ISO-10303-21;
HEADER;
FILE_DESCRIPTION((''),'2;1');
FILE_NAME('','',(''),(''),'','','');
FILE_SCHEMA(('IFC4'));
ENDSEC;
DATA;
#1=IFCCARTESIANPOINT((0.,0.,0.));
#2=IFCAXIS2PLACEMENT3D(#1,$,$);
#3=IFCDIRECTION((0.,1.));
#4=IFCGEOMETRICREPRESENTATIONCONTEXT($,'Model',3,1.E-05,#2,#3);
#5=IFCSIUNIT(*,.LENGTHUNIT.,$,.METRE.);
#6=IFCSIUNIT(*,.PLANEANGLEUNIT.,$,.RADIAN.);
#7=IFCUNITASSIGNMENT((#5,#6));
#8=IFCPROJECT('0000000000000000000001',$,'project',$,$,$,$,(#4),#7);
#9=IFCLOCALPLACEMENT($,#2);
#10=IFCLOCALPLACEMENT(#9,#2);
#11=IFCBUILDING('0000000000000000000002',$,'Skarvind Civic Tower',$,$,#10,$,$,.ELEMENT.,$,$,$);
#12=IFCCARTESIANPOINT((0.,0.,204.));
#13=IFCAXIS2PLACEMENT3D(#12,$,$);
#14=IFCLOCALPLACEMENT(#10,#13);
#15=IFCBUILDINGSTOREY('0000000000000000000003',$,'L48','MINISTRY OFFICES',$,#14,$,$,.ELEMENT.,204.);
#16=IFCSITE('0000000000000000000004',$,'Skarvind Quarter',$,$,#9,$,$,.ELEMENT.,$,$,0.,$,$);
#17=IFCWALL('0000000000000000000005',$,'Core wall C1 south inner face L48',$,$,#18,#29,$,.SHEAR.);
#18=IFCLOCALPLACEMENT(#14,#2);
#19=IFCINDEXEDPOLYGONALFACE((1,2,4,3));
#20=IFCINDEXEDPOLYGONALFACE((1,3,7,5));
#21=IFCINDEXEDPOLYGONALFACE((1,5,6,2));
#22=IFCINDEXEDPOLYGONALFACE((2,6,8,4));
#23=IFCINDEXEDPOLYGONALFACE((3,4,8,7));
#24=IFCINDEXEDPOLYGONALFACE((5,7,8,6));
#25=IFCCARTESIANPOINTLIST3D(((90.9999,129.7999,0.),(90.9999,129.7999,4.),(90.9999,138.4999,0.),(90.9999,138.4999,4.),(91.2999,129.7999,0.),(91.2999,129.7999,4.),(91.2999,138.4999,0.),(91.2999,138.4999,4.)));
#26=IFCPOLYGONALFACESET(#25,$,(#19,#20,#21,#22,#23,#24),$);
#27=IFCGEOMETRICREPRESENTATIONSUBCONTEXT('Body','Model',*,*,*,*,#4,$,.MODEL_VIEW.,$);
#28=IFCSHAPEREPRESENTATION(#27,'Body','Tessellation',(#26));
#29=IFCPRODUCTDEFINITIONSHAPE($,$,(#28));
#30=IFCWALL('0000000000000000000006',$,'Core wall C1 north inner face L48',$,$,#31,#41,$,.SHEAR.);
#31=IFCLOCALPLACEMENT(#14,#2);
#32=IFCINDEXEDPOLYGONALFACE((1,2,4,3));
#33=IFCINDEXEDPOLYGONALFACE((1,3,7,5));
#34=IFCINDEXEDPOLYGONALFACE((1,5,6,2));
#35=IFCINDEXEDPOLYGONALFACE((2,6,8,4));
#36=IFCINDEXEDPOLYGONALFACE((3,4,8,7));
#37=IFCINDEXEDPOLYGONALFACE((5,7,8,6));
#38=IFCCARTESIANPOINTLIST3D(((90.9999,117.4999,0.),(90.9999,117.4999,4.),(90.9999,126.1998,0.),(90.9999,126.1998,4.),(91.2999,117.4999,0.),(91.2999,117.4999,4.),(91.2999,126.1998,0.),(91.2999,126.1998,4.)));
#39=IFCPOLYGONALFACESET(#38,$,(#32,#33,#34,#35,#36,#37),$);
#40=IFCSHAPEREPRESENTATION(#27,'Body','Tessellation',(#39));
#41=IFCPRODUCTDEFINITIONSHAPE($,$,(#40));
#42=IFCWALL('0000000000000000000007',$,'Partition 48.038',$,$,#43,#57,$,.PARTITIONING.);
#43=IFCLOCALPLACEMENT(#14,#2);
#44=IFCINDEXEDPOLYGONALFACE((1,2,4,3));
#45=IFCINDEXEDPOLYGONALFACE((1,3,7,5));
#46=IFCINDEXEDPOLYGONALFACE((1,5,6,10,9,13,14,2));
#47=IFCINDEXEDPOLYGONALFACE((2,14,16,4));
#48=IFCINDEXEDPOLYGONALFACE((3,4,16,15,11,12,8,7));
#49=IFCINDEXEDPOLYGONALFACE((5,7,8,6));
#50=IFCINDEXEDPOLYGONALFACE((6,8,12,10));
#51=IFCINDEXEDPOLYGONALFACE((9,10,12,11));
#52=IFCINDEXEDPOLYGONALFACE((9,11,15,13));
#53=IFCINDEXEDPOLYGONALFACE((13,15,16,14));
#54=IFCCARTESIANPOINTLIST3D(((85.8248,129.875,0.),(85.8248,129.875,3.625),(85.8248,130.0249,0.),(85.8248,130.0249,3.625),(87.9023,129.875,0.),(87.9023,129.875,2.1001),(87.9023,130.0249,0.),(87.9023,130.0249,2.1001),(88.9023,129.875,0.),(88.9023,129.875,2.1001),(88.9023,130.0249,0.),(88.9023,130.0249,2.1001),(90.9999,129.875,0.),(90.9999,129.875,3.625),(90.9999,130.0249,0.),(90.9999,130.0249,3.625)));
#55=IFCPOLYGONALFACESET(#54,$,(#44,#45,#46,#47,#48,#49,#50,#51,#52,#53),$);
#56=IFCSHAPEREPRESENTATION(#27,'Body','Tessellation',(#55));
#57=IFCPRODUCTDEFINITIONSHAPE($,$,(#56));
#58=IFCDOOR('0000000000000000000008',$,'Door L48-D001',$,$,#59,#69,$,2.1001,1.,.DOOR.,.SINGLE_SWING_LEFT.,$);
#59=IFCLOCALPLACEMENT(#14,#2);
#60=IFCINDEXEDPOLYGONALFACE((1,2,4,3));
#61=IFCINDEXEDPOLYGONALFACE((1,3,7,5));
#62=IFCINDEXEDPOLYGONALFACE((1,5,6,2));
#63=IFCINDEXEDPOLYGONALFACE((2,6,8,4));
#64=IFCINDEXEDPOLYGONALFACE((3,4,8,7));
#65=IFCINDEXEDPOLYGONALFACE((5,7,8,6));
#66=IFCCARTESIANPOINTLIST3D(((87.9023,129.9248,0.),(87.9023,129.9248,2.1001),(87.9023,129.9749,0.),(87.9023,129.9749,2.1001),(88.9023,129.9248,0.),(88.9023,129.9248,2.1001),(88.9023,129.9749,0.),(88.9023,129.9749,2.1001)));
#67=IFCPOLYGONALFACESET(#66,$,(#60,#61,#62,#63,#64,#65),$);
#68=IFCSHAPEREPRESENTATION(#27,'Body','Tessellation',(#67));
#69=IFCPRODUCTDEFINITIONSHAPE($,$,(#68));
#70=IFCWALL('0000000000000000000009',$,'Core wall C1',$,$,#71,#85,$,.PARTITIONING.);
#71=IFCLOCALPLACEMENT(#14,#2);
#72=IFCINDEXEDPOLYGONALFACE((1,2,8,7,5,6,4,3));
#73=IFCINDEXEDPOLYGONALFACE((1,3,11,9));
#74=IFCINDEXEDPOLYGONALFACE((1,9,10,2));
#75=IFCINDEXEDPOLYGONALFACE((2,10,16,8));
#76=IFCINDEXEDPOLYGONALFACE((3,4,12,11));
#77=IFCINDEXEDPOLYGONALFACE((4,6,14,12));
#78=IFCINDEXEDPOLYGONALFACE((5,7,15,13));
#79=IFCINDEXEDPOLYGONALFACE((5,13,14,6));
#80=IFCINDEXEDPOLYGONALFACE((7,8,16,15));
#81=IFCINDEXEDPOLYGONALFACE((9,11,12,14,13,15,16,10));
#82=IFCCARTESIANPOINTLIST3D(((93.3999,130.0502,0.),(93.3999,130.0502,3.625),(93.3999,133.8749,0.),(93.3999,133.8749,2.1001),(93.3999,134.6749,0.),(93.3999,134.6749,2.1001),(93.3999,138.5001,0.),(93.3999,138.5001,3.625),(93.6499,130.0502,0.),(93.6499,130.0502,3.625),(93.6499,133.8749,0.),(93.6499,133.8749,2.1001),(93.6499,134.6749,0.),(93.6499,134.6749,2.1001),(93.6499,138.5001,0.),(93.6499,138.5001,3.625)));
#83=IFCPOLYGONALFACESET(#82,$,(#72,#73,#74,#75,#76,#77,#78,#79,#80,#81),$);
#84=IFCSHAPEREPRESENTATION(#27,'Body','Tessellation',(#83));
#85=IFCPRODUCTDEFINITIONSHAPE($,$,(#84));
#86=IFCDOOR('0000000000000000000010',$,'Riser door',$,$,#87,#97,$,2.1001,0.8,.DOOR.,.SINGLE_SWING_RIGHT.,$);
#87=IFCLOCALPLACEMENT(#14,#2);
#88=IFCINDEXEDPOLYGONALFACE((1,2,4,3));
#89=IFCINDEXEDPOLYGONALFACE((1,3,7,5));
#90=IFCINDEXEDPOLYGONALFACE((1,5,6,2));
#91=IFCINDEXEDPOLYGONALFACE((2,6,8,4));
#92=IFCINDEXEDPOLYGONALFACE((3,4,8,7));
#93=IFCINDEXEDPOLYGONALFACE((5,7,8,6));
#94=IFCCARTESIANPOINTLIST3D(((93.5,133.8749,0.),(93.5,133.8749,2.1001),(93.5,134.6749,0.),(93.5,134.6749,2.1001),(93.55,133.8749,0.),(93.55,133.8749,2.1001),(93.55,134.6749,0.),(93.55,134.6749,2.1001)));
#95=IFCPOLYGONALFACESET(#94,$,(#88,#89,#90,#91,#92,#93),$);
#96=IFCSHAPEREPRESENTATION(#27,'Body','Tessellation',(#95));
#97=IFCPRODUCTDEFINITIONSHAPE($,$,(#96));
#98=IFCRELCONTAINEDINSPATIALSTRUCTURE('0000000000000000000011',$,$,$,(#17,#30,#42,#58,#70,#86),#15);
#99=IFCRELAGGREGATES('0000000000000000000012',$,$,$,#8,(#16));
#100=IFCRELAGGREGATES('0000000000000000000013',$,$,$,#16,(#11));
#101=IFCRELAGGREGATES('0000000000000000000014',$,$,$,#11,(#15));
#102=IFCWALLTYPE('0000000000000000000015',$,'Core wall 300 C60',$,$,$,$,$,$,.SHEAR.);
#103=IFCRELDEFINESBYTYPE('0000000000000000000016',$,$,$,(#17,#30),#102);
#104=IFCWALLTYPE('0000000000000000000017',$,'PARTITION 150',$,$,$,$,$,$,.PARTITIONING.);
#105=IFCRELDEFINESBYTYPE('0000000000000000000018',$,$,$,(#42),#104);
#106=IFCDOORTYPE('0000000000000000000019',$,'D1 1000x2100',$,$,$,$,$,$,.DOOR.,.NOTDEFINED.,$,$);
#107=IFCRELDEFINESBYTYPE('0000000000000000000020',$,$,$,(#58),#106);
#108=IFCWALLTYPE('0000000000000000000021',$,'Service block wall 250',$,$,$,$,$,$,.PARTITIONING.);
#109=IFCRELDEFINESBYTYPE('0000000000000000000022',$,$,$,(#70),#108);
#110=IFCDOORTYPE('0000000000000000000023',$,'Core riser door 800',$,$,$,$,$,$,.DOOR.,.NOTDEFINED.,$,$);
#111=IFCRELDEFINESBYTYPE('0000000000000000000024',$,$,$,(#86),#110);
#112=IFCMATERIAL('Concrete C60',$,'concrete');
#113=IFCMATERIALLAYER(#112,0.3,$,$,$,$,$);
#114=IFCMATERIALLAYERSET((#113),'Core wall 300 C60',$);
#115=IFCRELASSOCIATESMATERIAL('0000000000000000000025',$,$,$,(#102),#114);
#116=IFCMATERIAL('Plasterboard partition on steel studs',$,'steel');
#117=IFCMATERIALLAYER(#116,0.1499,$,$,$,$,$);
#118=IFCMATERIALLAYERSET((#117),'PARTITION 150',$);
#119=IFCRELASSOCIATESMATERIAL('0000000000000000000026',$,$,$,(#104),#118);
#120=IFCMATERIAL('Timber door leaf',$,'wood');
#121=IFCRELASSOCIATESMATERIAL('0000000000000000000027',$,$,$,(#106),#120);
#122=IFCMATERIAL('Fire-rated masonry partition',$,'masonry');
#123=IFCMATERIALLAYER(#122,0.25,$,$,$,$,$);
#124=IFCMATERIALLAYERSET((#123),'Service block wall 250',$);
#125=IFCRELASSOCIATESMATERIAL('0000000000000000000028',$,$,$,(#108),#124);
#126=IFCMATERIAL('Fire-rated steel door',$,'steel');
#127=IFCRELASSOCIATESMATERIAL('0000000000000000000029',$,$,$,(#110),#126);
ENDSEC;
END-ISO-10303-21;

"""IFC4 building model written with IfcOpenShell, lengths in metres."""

from ifc_helpers import new_model, si_unit, direction, frame, frame_2d, origin, place, context, subcontext, project, spatial, rectangle, extrude, material, layer, layer_set, type_object, element, fill, save


model = new_model("IFC4")

# Units and contexts
model_context = context("Model", 3, precision=1e-05, world=origin(), true_north=direction((0.0, 1.0)))
body_context = subcontext(model_context, "Body", "Model", "MODEL_VIEW")
ifc_project = project(units=[si_unit("LENGTHUNIT", "METRE"), si_unit("PLANEANGLEUNIT", "RADIAN")], contexts=[model_context])

# Site, building, storey
site_placement = place(None, origin())
site = spatial("IfcSite", under=ifc_project, at=site_placement, Name="Skarvind Quarter", CompositionType="ELEMENT", RefElevation=0.0)
building_placement = place(site_placement, origin())
building = spatial("IfcBuilding", under=site, at=building_placement, Name="Skarvind Civic Tower", CompositionType="ELEMENT")
storey_placement = place(building_placement, frame((0.0, 0.0, 204.0)))
storey = spatial("IfcBuildingStorey", under=building, at=storey_placement, Name="L48", Description="MINISTRY OFFICES", CompositionType="ELEMENT", Elevation=204.0)

# Shared definitions
ifc_material_1 = material(Name="Concrete C60", Category="concrete")

# Shared definitions
ifc_material_2 = material(Name="Fire-rated masonry partition", Category="masonry")
ifc_material_3 = material(Name="Fire-rated steel door", Category="steel")

# Walls
ifc_layer_1 = layer(ifc_material_1, 0.3)
ifc_layer_set_1 = layer_set([ifc_layer_1], Name="Core wall 300 C60")
wall_type_1 = type_object("IfcWallType", Name="Core wall 300 C60", PredefinedType="SHEAR", material=ifc_layer_set_1)
for number, where, z_axis, x_axis, name in (
    (1, (91.1499, 138.5, 0.0), (0.0, 0.0, 1.0), (0.0, -1.0, 0.0), "Core wall C1 south inner face L48"),
    (2, (91.1499, 126.2, 0.0), (0.0, 0.0, 1.0), (0.0, -1.0, 0.0), "Core wall C1 north inner face L48"),
):
    element("IfcWall", number, at=place(storey_placement, frame(where, z_axis=z_axis, x_axis=x_axis)), inside=storey, type_object=wall_type_1, Name=name, PredefinedType="SHEAR", context=body_context, shape_type="SweptSolid", body=[
        extrude(rectangle(XDim=8.7, YDim=0.3, at=frame_2d((4.3501, 0.0))), origin(), (0.0, 0.0, 1.0), 4.0),
    ])

# Walls, openings, doors
ifc_material_4 = material(Name="Plasterboard partition on steel studs", Category="steel")
ifc_layer_2 = layer(ifc_material_4, 0.1499)
ifc_layer_set_2 = layer_set([ifc_layer_2], Name="PARTITION 150")
wall_type_2 = type_object("IfcWallType", Name="PARTITION 150", PredefinedType="PARTITIONING", material=ifc_layer_set_2)
wall_1_placement = place(storey_placement, frame((85.825, 129.95, 0.0), z_axis=(0.0, 0.0, 1.0), x_axis=(1.0, 0.0, 0.0)))
wall_1 = element("IfcWall", 3, at=wall_1_placement, inside=storey, type_object=wall_type_2, Name="Partition 48.038", PredefinedType="PARTITIONING", context=body_context, shape_type="SweptSolid", body=[
    extrude(rectangle(XDim=5.175, YDim=0.1499, at=frame_2d((2.5874, 0.0))), origin(), (0.0, 0.0, 1.0), 3.625),
])
opening_1_placement = place(wall_1_placement, frame((2.0774, 0.0, 0.0)))
opening_1 = element("IfcOpeningElement", 4, at=opening_1_placement, cuts=wall_1, PredefinedType="OPENING", context=body_context, shape_type="SweptSolid", body=[
    extrude(rectangle(XDim=1.0, YDim=2.1001, at=frame_2d((0.5, 1.05))), frame((0.0, 0.085, 0.0), z_axis=(0.0, -1.0, 0.0), x_axis=(1.0, 0.0, 0.0)), (0.0, 0.0, 1.0), 0.1699),
])
ifc_material_5 = material(Name="Timber door leaf", Category="wood")
door_type_1 = type_object("IfcDoorType", Name="D1 1000x2100", OperationType="NOTDEFINED", PredefinedType="DOOR", material=ifc_material_5)
door_1_placement = place(opening_1_placement, origin())
door_1 = element("IfcDoor", 5, at=door_1_placement, inside=storey, type_object=door_type_1, Name="Door L48-D001", OperationType="SINGLE_SWING_LEFT", OverallHeight=2.1001, OverallWidth=1.0, PredefinedType="DOOR", context=body_context, shape_type="SweptSolid", body=[
    extrude(rectangle(XDim=1.0, YDim=2.1001, at=frame_2d((0.5, 1.05))), frame((0.0, 0.0249, 0.0), z_axis=(0.0, -1.0, 0.0), x_axis=(1.0, 0.0, 0.0)), (0.0, 0.0, 1.0), 0.05),
])
fill(opening_1, door_1)
ifc_layer_3 = layer(ifc_material_2, 0.25)
ifc_layer_set_3 = layer_set([ifc_layer_3], Name="Service block wall 250")
wall_type_3 = type_object("IfcWallType", Name="Service block wall 250", PredefinedType="PARTITIONING", material=ifc_layer_set_3)
wall_2_placement = place(storey_placement, frame((93.5249, 130.05, 0.0), z_axis=(0.0, 0.0, 1.0), x_axis=(0.0, 1.0, 0.0)))
wall_2 = element("IfcWall", 6, at=wall_2_placement, inside=storey, type_object=wall_type_3, Name="Core wall C1", PredefinedType="PARTITIONING", context=body_context, shape_type="SweptSolid", body=[
    extrude(rectangle(XDim=8.45, YDim=0.25, at=frame_2d((4.2251, 0.0))), origin(), (0.0, 0.0, 1.0), 3.625),
])
opening_2_placement = place(wall_2_placement, frame((3.825, 0.0, 0.0)))
opening_2 = element("IfcOpeningElement", 7, at=opening_2_placement, cuts=wall_2, PredefinedType="OPENING", context=body_context, shape_type="SweptSolid", body=[
    extrude(rectangle(XDim=0.8, YDim=2.1001, at=frame_2d((0.3999, 1.05))), frame((0.0, 0.135, 0.0), z_axis=(0.0, -1.0, 0.0), x_axis=(1.0, 0.0, 0.0)), (0.0, 0.0, 1.0), 0.27),
])
door_type_2 = type_object("IfcDoorType", Name="Core riser door 800", OperationType="NOTDEFINED", PredefinedType="DOOR", material=ifc_material_3)
door_2_placement = place(opening_2_placement, origin())
door_2 = element("IfcDoor", 8, at=door_2_placement, inside=storey, type_object=door_type_2, Name="Riser door", OperationType="SINGLE_SWING_RIGHT", OverallHeight=2.1001, OverallWidth=0.8, PredefinedType="DOOR", context=body_context, shape_type="SweptSolid", body=[
    extrude(rectangle(XDim=0.8, YDim=2.1001, at=frame_2d((0.3999, 1.05))), frame((0.0, 0.0249, 0.0), z_axis=(0.0, -1.0, 0.0), x_axis=(1.0, 0.0, 0.0)), (0.0, 0.0, 1.0), 0.05),
])
fill(opening_2, door_2)

save(model, "model.ifc")
